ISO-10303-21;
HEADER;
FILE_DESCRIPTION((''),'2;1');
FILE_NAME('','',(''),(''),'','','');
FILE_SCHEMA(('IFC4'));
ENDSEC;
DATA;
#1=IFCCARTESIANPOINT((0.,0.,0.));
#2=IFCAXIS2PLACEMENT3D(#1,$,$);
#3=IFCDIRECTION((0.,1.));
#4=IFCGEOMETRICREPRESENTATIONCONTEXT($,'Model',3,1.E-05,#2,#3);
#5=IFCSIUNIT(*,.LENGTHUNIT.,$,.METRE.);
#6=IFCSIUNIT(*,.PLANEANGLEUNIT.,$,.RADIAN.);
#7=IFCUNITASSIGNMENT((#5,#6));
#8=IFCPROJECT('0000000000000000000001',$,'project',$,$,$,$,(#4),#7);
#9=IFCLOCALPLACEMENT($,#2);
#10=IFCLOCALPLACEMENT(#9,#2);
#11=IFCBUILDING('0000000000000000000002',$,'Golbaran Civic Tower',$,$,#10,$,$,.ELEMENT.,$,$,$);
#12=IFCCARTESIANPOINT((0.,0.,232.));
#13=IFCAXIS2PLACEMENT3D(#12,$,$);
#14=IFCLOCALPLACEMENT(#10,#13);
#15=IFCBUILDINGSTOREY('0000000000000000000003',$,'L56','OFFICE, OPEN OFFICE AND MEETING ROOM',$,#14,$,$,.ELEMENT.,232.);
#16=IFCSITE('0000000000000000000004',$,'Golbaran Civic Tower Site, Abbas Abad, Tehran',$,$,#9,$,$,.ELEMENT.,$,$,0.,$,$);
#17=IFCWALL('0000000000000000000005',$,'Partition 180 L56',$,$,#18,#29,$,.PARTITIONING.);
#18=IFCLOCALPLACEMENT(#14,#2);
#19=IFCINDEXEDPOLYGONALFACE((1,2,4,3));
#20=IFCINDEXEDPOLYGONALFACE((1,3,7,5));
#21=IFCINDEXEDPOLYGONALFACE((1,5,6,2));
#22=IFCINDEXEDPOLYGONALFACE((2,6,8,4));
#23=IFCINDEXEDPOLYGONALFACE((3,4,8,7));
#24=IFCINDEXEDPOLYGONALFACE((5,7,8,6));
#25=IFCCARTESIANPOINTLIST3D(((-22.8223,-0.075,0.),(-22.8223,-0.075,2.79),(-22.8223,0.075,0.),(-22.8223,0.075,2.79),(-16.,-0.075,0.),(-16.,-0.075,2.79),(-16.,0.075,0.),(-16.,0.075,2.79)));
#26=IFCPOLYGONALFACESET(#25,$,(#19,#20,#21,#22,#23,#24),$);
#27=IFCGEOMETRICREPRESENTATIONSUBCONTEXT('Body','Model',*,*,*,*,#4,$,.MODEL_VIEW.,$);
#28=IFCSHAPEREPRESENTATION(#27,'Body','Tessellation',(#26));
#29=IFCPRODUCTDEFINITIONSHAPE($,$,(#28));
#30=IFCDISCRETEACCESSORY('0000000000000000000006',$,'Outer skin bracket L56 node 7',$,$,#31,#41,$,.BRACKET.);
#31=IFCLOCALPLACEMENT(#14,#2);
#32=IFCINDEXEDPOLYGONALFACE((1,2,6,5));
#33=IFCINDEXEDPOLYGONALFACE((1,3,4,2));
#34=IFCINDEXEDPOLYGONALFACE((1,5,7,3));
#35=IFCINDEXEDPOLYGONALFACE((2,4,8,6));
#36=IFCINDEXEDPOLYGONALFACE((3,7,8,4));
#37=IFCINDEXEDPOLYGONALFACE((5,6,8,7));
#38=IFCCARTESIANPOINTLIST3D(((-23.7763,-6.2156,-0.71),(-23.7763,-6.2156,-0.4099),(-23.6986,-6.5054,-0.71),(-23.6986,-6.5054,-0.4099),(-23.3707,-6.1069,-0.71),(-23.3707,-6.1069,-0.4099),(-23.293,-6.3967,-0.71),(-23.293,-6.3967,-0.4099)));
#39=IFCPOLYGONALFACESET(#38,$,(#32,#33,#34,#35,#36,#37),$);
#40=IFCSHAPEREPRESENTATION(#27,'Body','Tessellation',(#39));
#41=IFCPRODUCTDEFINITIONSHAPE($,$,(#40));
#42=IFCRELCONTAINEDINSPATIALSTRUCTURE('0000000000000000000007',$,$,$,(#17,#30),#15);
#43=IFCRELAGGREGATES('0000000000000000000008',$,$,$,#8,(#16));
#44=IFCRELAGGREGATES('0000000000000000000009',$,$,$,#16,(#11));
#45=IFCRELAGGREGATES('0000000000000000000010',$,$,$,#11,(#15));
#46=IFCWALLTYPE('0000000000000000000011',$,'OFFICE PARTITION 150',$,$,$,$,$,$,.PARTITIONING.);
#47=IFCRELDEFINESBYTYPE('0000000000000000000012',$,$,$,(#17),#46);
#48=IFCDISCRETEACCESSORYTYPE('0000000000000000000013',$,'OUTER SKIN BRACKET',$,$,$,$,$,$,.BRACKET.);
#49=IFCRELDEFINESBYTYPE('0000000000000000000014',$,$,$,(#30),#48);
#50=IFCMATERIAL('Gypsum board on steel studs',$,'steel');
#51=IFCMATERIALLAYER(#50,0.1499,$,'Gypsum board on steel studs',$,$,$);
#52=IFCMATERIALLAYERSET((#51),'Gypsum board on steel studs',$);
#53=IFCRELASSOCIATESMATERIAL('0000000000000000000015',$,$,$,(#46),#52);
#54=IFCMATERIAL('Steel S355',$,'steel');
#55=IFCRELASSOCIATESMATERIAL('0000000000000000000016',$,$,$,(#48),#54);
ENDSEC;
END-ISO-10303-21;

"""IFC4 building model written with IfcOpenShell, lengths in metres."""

from ifc_helpers import new_model, si_unit, direction, frame, frame_2d, origin, origin_2d, place, context, subcontext, project, spatial, rectangle, extrude, material, layer, layer_set, type_object, element, save


model = new_model("IFC4")

# Units and contexts
model_context = context("Model", 3, precision=1e-05, world=origin(), true_north=direction((0.0, 1.0)))
body_context = subcontext(model_context, "Body", "Model", "MODEL_VIEW")
ifc_project = project(units=[si_unit("LENGTHUNIT", "METRE"), si_unit("PLANEANGLEUNIT", "RADIAN")], contexts=[model_context])

# Site, building, storey
site_placement = place(None, origin())
site = spatial("IfcSite", under=ifc_project, at=site_placement, Name="Golbaran Civic Tower Site, Abbas Abad, Tehran", CompositionType="ELEMENT", RefElevation=0.0)
building_placement = place(site_placement, origin())
building = spatial("IfcBuilding", under=site, at=building_placement, Name="Golbaran Civic Tower", CompositionType="ELEMENT")
storey_placement = place(building_placement, frame((0.0, 0.0, 232.0)))
storey = spatial("IfcBuildingStorey", under=building, at=storey_placement, Name="L56", Description="OFFICE, OPEN OFFICE AND MEETING ROOM", CompositionType="ELEMENT", Elevation=232.0)

# Shared definitions
ifc_material_1 = material(Name="Steel S355", Category="steel")

# Wall
ifc_material_2 = material(Name="Gypsum board on steel studs", Category="steel")
ifc_layer_1 = layer(ifc_material_2, 0.1499, Name="Gypsum board on steel studs")
ifc_layer_set_1 = layer_set([ifc_layer_1], Name="Gypsum board on steel studs")
wall_type = type_object("IfcWallType", Name="OFFICE PARTITION 150", PredefinedType="PARTITIONING", material=ifc_layer_set_1)
wall_placement = place(storey_placement, frame((-16.0, 0.0, 0.0), z_axis=(0.0, 0.0, 1.0), x_axis=(-1.0, 0.0, 0.0)))
element("IfcWall", 1, at=wall_placement, inside=storey, type_object=wall_type, Name="Partition 180 L56", PredefinedType="PARTITIONING", context=body_context, shape_type="SweptSolid", body=[
    extrude(rectangle(XDim=6.8223, YDim=0.1499, at=frame_2d((3.4111, 0.0))), origin(), (0.0, 0.0, 1.0), 2.79),
])

# Discrete accessory
discrete_accessory_type = type_object("IfcDiscreteAccessoryType", Name="OUTER SKIN BRACKET", PredefinedType="BRACKET", material=ifc_material_1)
discrete_accessory_placement = place(storey_placement, frame((-23.5347, -6.3062, -0.71), z_axis=(0.0, 0.0, 1.0), x_axis=(-0.965926, -0.258819, 0.0)))
element("IfcDiscreteAccessory", 2, at=discrete_accessory_placement, inside=storey, type_object=discrete_accessory_type, Name="Outer skin bracket L56 node 7", PredefinedType="BRACKET", context=body_context, shape_type="SweptSolid", body=[
    extrude(rectangle(XDim=0.4199, YDim=0.3, at=origin_2d()), origin(), (0.0, 0.0, 1.0), 0.3),
])

save(model, "model.ifc")
